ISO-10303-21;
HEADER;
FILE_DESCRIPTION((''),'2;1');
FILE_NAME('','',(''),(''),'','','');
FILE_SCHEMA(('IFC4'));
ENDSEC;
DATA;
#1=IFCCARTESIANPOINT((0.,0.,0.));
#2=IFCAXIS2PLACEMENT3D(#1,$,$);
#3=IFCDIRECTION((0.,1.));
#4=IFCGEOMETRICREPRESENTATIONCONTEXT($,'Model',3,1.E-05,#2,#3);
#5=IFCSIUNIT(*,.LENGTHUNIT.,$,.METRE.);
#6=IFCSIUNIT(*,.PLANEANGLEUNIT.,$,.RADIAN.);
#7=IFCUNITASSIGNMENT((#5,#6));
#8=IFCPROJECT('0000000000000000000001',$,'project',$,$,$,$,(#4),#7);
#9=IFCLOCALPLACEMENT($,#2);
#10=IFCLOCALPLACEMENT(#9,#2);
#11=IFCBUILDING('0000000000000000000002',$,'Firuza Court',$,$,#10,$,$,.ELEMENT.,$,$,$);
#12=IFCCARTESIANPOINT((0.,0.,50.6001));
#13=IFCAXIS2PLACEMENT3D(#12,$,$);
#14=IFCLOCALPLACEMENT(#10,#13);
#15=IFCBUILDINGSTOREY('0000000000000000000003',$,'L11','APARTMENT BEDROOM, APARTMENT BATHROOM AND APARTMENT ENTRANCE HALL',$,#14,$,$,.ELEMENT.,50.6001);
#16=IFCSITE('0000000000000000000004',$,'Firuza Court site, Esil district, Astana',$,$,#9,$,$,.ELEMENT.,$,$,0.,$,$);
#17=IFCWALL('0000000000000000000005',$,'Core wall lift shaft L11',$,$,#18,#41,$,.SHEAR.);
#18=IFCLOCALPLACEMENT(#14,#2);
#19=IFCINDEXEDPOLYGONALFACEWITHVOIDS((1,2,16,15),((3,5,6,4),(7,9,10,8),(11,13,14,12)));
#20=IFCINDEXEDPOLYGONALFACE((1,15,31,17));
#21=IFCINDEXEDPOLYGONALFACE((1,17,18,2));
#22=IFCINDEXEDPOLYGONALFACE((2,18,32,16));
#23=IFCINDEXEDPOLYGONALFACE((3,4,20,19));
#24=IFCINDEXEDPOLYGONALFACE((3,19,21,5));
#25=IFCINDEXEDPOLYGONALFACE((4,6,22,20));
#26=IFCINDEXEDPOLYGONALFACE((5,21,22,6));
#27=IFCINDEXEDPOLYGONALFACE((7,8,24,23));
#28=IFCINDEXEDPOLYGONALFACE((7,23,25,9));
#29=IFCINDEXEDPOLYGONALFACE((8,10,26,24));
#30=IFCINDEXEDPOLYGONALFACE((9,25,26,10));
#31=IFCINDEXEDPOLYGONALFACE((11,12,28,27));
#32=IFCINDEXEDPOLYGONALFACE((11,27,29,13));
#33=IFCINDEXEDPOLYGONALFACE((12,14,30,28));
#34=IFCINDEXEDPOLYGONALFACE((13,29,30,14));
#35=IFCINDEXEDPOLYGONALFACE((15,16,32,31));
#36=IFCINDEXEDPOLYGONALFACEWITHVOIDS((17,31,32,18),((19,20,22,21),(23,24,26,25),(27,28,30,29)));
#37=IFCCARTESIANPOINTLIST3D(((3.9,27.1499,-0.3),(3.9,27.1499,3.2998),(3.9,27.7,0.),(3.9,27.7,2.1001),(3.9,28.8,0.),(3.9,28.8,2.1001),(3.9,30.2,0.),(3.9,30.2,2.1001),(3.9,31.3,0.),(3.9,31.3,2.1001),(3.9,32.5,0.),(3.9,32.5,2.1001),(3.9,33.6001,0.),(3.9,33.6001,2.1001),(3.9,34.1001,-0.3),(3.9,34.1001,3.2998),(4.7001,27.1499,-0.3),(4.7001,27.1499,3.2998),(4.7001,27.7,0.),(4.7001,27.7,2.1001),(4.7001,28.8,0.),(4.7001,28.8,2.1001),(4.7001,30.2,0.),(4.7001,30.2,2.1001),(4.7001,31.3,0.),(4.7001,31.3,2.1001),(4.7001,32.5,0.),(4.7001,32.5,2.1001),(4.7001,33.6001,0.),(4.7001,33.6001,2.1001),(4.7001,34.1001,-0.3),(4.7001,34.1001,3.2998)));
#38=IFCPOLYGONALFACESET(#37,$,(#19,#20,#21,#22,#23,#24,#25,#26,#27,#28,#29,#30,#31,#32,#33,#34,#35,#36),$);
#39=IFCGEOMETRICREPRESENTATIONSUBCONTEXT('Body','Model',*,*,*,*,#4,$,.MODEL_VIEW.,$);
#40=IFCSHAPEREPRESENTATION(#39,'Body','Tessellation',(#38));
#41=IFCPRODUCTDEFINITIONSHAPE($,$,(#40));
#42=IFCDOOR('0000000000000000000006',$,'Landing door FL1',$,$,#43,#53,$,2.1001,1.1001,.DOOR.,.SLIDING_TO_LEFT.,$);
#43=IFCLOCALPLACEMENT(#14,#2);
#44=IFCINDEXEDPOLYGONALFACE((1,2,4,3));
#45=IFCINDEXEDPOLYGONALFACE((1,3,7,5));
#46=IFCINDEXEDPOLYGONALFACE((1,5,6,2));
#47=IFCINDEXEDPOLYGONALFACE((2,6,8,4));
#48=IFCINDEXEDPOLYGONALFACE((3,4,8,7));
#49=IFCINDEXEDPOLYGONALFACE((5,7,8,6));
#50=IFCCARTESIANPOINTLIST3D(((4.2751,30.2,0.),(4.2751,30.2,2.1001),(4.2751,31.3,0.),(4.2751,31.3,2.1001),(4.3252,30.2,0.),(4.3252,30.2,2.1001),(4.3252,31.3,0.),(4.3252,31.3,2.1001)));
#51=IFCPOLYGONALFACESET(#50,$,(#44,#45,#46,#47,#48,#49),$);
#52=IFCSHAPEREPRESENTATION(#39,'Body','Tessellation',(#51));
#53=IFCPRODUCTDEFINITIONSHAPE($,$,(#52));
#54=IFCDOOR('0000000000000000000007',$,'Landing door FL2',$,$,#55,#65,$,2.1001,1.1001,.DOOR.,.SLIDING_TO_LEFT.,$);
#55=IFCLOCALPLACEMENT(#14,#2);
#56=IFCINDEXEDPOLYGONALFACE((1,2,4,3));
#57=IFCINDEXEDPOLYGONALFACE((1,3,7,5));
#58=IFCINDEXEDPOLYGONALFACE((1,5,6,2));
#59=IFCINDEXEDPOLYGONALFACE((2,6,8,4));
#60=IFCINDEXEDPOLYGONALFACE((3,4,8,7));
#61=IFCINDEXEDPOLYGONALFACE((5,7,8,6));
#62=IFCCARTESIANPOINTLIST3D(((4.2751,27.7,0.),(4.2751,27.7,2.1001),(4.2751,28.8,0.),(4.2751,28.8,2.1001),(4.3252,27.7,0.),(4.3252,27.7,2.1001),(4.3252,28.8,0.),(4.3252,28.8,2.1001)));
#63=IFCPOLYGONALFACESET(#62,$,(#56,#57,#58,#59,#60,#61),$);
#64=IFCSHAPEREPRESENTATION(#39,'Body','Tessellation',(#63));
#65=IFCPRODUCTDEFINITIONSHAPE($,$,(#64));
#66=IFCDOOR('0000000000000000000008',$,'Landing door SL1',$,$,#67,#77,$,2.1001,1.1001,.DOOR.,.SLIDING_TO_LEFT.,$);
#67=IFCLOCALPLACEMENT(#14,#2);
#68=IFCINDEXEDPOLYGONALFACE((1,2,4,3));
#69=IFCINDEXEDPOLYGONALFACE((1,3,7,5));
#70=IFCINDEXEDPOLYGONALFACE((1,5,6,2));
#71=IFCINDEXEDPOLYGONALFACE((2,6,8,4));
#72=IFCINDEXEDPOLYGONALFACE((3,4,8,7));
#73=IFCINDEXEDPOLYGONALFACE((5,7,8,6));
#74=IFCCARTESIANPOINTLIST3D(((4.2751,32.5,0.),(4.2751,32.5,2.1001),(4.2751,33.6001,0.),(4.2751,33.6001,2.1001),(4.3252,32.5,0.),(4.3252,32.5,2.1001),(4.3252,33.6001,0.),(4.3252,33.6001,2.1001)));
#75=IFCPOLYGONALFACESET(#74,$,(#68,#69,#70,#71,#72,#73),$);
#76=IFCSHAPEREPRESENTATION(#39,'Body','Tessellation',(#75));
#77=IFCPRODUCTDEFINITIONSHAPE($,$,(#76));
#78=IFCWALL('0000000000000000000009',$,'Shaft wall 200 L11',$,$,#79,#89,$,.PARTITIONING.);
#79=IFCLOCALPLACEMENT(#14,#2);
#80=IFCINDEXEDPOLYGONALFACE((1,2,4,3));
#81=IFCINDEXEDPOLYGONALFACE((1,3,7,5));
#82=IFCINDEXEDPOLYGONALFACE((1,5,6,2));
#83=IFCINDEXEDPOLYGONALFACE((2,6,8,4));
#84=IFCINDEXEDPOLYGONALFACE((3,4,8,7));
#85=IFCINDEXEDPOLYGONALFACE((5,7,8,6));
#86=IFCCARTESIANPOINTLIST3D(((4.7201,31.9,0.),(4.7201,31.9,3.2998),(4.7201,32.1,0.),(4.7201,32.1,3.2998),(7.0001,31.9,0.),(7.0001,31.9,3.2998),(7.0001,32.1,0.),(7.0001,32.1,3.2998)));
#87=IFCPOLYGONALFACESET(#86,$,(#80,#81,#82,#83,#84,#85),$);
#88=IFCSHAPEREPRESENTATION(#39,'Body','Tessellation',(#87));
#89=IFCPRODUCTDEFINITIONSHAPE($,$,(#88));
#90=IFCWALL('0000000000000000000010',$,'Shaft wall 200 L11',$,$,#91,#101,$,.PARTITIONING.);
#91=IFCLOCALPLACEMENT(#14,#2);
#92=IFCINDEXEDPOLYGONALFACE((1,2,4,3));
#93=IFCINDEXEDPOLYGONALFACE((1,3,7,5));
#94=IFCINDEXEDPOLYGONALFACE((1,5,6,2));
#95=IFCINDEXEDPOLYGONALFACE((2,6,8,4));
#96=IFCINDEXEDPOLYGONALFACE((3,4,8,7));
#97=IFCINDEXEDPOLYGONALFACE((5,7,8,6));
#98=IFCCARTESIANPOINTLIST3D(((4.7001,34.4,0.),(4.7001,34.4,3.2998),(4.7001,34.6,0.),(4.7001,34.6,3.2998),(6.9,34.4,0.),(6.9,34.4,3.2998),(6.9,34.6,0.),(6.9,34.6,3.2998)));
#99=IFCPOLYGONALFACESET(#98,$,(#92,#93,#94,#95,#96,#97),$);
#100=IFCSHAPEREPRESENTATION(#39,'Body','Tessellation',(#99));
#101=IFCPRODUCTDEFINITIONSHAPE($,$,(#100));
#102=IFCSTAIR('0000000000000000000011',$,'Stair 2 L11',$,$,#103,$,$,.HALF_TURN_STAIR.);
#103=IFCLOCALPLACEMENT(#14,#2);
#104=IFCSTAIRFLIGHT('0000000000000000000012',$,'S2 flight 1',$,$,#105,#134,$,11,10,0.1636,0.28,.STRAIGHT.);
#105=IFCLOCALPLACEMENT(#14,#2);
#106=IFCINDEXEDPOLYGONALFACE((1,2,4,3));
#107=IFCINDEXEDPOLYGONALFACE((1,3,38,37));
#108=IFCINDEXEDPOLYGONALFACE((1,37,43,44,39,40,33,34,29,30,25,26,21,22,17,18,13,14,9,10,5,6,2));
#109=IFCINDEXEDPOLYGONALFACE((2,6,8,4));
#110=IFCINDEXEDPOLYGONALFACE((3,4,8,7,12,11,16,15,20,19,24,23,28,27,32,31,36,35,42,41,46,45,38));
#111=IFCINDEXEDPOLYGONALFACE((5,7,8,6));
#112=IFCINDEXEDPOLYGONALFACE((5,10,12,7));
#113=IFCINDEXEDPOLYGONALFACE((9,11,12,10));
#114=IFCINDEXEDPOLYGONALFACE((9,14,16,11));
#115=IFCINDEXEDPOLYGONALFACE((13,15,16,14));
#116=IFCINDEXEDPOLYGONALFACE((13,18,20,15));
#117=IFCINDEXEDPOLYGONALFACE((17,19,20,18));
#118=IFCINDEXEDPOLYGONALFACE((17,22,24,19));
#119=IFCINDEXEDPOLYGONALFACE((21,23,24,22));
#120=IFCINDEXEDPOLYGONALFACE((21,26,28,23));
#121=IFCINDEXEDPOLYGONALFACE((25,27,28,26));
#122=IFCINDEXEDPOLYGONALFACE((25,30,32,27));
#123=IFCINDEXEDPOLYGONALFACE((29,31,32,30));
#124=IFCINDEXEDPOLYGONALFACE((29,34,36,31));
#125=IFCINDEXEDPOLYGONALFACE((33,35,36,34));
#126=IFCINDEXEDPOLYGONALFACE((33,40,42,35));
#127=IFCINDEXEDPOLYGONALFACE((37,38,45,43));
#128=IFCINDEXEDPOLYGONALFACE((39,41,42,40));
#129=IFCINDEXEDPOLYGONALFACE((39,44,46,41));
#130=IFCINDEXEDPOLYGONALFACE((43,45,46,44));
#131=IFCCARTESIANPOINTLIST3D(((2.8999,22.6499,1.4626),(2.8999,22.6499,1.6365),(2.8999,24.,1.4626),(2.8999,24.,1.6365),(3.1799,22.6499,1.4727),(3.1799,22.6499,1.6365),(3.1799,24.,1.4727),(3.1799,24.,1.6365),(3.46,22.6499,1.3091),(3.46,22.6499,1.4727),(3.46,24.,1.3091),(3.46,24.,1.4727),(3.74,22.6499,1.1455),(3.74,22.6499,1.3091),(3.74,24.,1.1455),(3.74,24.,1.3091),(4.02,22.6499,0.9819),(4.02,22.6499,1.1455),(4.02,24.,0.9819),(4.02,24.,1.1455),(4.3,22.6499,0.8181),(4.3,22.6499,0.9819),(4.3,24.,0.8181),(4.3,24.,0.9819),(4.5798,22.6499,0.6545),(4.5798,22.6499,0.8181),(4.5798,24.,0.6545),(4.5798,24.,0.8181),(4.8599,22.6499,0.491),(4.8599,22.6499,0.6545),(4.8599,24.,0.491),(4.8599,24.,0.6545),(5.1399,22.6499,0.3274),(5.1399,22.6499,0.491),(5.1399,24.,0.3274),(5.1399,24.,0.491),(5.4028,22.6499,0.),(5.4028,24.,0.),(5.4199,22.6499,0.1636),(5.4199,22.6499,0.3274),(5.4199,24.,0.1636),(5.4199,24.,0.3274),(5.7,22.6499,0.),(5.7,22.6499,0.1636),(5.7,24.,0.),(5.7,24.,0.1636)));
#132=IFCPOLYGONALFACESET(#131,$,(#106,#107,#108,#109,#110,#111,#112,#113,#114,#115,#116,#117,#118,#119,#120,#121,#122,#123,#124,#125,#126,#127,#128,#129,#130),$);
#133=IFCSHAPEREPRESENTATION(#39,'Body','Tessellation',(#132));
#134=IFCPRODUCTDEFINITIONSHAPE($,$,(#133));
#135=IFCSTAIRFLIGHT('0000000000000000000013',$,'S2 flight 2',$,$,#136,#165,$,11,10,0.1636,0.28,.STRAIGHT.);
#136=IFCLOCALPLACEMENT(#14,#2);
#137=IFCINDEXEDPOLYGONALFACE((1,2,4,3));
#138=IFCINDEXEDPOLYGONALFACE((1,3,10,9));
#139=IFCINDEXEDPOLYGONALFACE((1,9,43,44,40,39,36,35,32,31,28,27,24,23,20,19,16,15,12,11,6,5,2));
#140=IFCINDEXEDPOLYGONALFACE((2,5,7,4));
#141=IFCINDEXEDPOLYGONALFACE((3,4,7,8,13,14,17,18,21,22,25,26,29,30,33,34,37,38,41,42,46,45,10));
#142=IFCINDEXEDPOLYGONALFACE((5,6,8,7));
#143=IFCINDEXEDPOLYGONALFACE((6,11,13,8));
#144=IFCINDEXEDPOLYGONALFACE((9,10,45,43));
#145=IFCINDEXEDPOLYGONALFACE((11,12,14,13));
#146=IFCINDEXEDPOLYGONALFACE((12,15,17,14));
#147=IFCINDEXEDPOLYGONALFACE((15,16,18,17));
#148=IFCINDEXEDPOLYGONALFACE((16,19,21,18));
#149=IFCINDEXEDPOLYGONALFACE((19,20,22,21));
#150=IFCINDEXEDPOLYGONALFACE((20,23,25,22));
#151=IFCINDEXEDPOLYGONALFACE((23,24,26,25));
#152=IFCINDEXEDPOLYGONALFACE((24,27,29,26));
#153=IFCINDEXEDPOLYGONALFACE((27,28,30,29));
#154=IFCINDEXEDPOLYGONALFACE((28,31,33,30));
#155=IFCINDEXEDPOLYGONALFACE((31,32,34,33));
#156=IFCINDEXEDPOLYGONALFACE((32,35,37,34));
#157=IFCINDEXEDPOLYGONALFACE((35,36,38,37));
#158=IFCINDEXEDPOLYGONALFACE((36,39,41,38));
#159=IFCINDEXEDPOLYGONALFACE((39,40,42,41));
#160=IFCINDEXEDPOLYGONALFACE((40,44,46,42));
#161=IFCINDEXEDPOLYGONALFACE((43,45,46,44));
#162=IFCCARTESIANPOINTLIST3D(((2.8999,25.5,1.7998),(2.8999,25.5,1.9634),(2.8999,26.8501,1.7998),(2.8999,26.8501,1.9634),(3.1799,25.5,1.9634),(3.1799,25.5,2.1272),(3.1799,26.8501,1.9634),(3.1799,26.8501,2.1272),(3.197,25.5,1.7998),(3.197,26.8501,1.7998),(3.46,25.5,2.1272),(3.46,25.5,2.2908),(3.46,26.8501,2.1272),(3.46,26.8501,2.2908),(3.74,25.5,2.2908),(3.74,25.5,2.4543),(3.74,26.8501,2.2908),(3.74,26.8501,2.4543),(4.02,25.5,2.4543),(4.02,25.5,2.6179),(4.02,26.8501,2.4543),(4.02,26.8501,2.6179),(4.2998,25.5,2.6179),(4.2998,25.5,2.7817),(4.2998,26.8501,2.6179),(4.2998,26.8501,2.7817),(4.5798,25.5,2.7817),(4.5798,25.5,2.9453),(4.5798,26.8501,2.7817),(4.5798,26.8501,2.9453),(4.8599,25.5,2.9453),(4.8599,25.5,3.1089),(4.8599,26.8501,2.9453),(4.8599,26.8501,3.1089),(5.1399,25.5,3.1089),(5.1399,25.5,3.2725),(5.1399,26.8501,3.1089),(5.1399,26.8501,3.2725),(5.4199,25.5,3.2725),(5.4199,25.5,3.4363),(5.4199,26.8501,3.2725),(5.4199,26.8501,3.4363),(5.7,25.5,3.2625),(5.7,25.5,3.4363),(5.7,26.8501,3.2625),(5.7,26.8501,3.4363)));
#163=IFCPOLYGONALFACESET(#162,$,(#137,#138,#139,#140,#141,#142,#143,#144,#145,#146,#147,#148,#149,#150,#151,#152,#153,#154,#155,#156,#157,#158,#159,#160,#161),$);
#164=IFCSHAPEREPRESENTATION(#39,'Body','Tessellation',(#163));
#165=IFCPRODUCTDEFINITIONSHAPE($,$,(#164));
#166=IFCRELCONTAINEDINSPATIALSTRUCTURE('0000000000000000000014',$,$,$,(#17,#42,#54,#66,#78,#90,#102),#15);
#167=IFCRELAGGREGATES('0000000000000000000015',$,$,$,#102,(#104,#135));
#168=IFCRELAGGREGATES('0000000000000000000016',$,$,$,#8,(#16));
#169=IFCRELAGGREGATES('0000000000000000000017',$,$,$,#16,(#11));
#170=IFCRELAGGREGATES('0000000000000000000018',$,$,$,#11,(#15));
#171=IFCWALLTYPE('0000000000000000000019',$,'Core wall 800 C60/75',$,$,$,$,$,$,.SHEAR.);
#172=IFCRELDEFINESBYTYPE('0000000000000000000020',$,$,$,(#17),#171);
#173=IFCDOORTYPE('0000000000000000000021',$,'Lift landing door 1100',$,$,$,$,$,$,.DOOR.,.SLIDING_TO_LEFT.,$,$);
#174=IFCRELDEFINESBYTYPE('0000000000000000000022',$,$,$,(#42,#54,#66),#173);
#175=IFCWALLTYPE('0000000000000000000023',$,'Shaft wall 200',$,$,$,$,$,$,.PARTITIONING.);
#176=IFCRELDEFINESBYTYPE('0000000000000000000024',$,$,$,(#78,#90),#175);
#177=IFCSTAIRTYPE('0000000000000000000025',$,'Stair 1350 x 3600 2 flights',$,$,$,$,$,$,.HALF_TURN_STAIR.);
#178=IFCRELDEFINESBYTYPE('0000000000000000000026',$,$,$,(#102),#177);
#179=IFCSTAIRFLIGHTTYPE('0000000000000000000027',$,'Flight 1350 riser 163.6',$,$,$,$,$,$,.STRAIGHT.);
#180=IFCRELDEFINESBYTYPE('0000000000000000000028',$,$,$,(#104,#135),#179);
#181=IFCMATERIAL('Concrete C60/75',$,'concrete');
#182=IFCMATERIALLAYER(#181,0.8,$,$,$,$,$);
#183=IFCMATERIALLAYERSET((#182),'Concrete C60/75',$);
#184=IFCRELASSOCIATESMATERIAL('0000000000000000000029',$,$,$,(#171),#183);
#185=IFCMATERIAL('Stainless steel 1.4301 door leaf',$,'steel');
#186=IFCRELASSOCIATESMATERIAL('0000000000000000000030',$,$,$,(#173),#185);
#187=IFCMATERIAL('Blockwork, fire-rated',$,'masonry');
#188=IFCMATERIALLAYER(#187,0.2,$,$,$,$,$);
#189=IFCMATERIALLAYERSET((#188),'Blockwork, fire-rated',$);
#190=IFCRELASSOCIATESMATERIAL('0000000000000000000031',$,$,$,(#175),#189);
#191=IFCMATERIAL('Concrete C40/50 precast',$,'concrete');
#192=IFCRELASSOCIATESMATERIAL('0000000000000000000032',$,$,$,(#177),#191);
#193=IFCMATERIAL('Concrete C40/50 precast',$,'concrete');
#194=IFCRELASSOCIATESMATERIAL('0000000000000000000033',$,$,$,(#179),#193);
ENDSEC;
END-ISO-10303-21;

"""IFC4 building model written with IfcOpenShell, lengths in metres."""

from ifc_helpers import new_model, si_unit, direction, frame, frame_2d, origin, place, context, subcontext, project, spatial, polyline, rectangle, outline, extrude, material, layer, layer_set, type_object, element, fill, aggregate, save


model = new_model("IFC4")

# Units and contexts
model_context = context("Model", 3, precision=1e-05, world=origin(), true_north=direction((0.0, 1.0)))
body_context = subcontext(model_context, "Body", "Model", "MODEL_VIEW")
ifc_project = project(units=[si_unit("LENGTHUNIT", "METRE"), si_unit("PLANEANGLEUNIT", "RADIAN")], contexts=[model_context])

# Site, building, storey
site_placement = place(None, origin())
site = spatial("IfcSite", under=ifc_project, at=site_placement, Name="Firuza Court site, Esil district, Astana", CompositionType="ELEMENT", RefElevation=0.0)
building_placement = place(site_placement, origin())
building = spatial("IfcBuilding", under=site, at=building_placement, Name="Firuza Court", CompositionType="ELEMENT")
storey_placement = place(building_placement, frame((0.0, 0.0, 50.6001)))
storey = spatial("IfcBuildingStorey", under=building, at=storey_placement, Name="L11", Description="APARTMENT BEDROOM, APARTMENT BATHROOM AND APARTMENT ENTRANCE HALL", CompositionType="ELEMENT", Elevation=50.6001)

# Shared definitions
ifc_material_1 = material(Name="Concrete C60/75", Category="concrete")

# Shared definitions
ifc_layer_1 = layer(ifc_material_1, 0.8)
ifc_layer_set_1 = layer_set([ifc_layer_1], Name="Concrete C60/75")
wall_type_1 = type_object("IfcWallType", Name="Core wall 800 C60/75", PredefinedType="SHEAR", material=ifc_layer_set_1)

# Wall, openings, doors
wall_1_placement = place(storey_placement, frame((4.3, 27.1499, -0.3), z_axis=(0.0, 0.0, 1.0), x_axis=(0.0, 1.0, 0.0)))
wall_1 = element("IfcWall", 1, at=wall_1_placement, inside=storey, type_object=wall_type_1, Name="Core wall lift shaft L11", PredefinedType="SHEAR", context=body_context, shape_type="SweptSolid", body=[
    extrude(rectangle(XDim=6.9502, YDim=0.8, at=frame_2d((3.4751, 0.0))), origin(), (0.0, 0.0, 1.0), 3.5999),
])
opening_1_placement = place(wall_1_placement, frame((3.05, 0.0, 0.3)))
opening_1 = element("IfcOpeningElement", 2, at=opening_1_placement, cuts=wall_1, PredefinedType="OPENING", context=body_context, shape_type="SweptSolid", body=[
    extrude(rectangle(XDim=1.1001, YDim=2.1001, at=frame_2d((0.55, 1.05))), frame((0.0, 0.4121, 0.0), z_axis=(0.0, -1.0, 0.0), x_axis=(1.0, 0.0, 0.0)), (0.0, 0.0, 1.0), 0.824),
])
opening_2_placement = place(wall_1_placement, frame((0.55, 0.0, 0.3)))
opening_2 = element("IfcOpeningElement", 3, at=opening_2_placement, cuts=wall_1, PredefinedType="OPENING", context=body_context, shape_type="SweptSolid", body=[
    extrude(rectangle(XDim=1.1001, YDim=2.1001, at=frame_2d((0.55, 1.05))), frame((0.0, 0.4121, 0.0), z_axis=(0.0, -1.0, 0.0), x_axis=(1.0, 0.0, 0.0)), (0.0, 0.0, 1.0), 0.824),
])
opening_3_placement = place(wall_1_placement, frame((5.3501, 0.0, 0.3)))
opening_3 = element("IfcOpeningElement", 4, at=opening_3_placement, cuts=wall_1, PredefinedType="OPENING", context=body_context, shape_type="SweptSolid", body=[
    extrude(rectangle(XDim=1.1001, YDim=2.1001, at=frame_2d((0.55, 1.05))), frame((0.0, 0.4121, 0.0), z_axis=(0.0, -1.0, 0.0), x_axis=(1.0, 0.0, 0.0)), (0.0, 0.0, 1.0), 0.824),
])
ifc_material_2 = material(Name="Stainless steel 1.4301 door leaf", Category="steel")
door_type_1 = type_object("IfcDoorType", Name="Lift landing door 1100", OperationType="SLIDING_TO_LEFT", PredefinedType="DOOR", material=ifc_material_2)
door_1_placement = place(opening_1_placement, origin())
door_1 = element("IfcDoor", 5, at=door_1_placement, inside=storey, type_object=door_type_1, Name="Landing door FL1", OperationType="SLIDING_TO_LEFT", OverallHeight=2.1001, OverallWidth=1.1001, PredefinedType="DOOR", context=body_context, shape_type="SweptSolid", body=[
    extrude(rectangle(XDim=1.1001, YDim=2.1001, at=frame_2d((0.55, 1.05))), frame((0.0, 0.0249, 0.0), z_axis=(0.0, -1.0, 0.0), x_axis=(1.0, 0.0, 0.0)), (0.0, 0.0, 1.0), 0.05),
])
fill(opening_1, door_1)
door_2_placement = place(opening_2_placement, origin())
door_2 = element("IfcDoor", 6, at=door_2_placement, inside=storey, type_object=door_type_1, Name="Landing door FL2", OperationType="SLIDING_TO_LEFT", OverallHeight=2.1001, OverallWidth=1.1001, PredefinedType="DOOR", context=body_context, shape_type="SweptSolid", body=[
    extrude(rectangle(XDim=1.1001, YDim=2.1001, at=frame_2d((0.55, 1.05))), frame((0.0, 0.0249, 0.0), z_axis=(0.0, -1.0, 0.0), x_axis=(1.0, 0.0, 0.0)), (0.0, 0.0, 1.0), 0.05),
])
fill(opening_2, door_2)
door_3_placement = place(opening_3_placement, origin())
door_3 = element("IfcDoor", 7, at=door_3_placement, inside=storey, type_object=door_type_1, Name="Landing door SL1", OperationType="SLIDING_TO_LEFT", OverallHeight=2.1001, OverallWidth=1.1001, PredefinedType="DOOR", context=body_context, shape_type="SweptSolid", body=[
    extrude(rectangle(XDim=1.1001, YDim=2.1001, at=frame_2d((0.55, 1.05))), frame((0.0, 0.0249, 0.0), z_axis=(0.0, -1.0, 0.0), x_axis=(1.0, 0.0, 0.0)), (0.0, 0.0, 1.0), 0.05),
])
fill(opening_3, door_3)

# Walls
ifc_material_3 = material(Name="Blockwork, fire-rated", Category="masonry")
ifc_layer_2 = layer(ifc_material_3, 0.2)
ifc_layer_set_2 = layer_set([ifc_layer_2], Name="Blockwork, fire-rated")
wall_type_2 = type_object("IfcWallType", Name="Shaft wall 200", PredefinedType="PARTITIONING", material=ifc_layer_set_2)
wall_2_placement = place(storey_placement, frame((4.72, 32.0, 0.0), z_axis=(0.0, 0.0, 1.0), x_axis=(1.0, 0.0, 0.0)))
element("IfcWall", 8, at=wall_2_placement, inside=storey, type_object=wall_type_2, Name="Shaft wall 200 L11", PredefinedType="PARTITIONING", context=body_context, shape_type="SweptSolid", body=[
    extrude(rectangle(XDim=2.28, YDim=0.2, at=frame_2d((1.1401, 0.0))), origin(), (0.0, 0.0, 1.0), 3.2998),
])
wall_3_placement = place(storey_placement, frame((4.7, 34.5, 0.0), z_axis=(0.0, 0.0, 1.0), x_axis=(1.0, 0.0, 0.0)))
element("IfcWall", 9, at=wall_3_placement, inside=storey, type_object=wall_type_2, Name="Shaft wall 200 L11", PredefinedType="PARTITIONING", context=body_context, shape_type="SweptSolid", body=[
    extrude(rectangle(XDim=2.2, YDim=0.2, at=frame_2d((1.1001, 0.0))), origin(), (0.0, 0.0, 1.0), 3.2998),
])

# Stair, stair flights
ifc_material_4 = material(Name="Concrete C40/50 precast", Category="concrete")
stair_type = type_object("IfcStairType", Name="Stair 1350 x 3600 2 flights", PredefinedType="HALF_TURN_STAIR", material=ifc_material_4)
stair_placement = place(storey_placement, origin())
stair = element("IfcStair", 10, at=stair_placement, inside=storey, type_object=stair_type, Name="Stair 2 L11", PredefinedType="HALF_TURN_STAIR")
ifc_material_5 = material(Name="Concrete C40/50 precast", Category="concrete")
stair_flight_type = type_object("IfcStairFlightType", Name="Flight 1350 riser 163.6", PredefinedType="STRAIGHT", material=ifc_material_5)
stair_flight_1_placement = place(storey_placement, frame((5.7, 23.325, 0.0), z_axis=(0.0, 0.0, 1.0), x_axis=(-1.0, 0.0, 0.0)))
stair_flight_1 = element("IfcStairFlight", 11, at=stair_flight_1_placement, type_object=stair_flight_type, Name="S2 flight 1", NumberOfRisers=11, NumberOfTreads=10, PredefinedType="STRAIGHT", RiserHeight=0.1636, TreadLength=0.28, context=body_context, shape_type="SweptSolid", body=[
    extrude(outline(polyline([(0.0, 0.0), (0.0, 0.1636), (0.28, 0.1636), (0.28, 0.3274), (0.5601, 0.3274), (0.5601, 0.491), (0.8401, 0.491), (0.8401, 0.6545), (1.1201, 0.6545), (1.1201, 0.8181), (1.3999, 0.8181), (1.3999, 0.9819), (1.6799, 0.9819), (1.6799, 1.1455), (1.96, 1.1455), (1.96, 1.3091), (2.24, 1.3091), (2.24, 1.4727), (2.52, 1.4727), (2.52, 1.6365), (2.8, 1.6365), (2.8, 1.8), (2.8, 1.4626), (0.2971, 0.0), (0.0, 0.0)])), frame((0.0, 0.675, 0.0), z_axis=(0.0, -1.0, 0.0), x_axis=(1.0, 0.0, 0.0)), (0.0, 0.0, 1.0), 1.3501),
])
stair_flight_2_placement = place(storey_placement, frame((2.8999, 26.175, 1.7998), z_axis=(0.0, 0.0, 1.0), x_axis=(1.0, 0.0, 0.0)))
stair_flight_2 = element("IfcStairFlight", 12, at=stair_flight_2_placement, type_object=stair_flight_type, Name="S2 flight 2", NumberOfRisers=11, NumberOfTreads=10, PredefinedType="STRAIGHT", RiserHeight=0.1636, TreadLength=0.28, context=body_context, shape_type="SweptSolid", body=[
    extrude(outline(polyline([(0.0, 0.0), (0.0, 0.1636), (0.28, 0.1636), (0.28, 0.3274), (0.5601, 0.3274), (0.5601, 0.491), (0.8401, 0.491), (0.8401, 0.6545), (1.1201, 0.6545), (1.1201, 0.8181), (1.3999, 0.8181), (1.3999, 0.9819), (1.6799, 0.9819), (1.6799, 1.1455), (1.96, 1.1455), (1.96, 1.3091), (2.24, 1.3091), (2.24, 1.4727), (2.52, 1.4727), (2.52, 1.6365), (2.8, 1.6365), (2.8, 1.8), (2.8, 1.4626), (0.2971, 0.0), (0.0, 0.0)])), frame((0.0, 0.675, 0.0), z_axis=(0.0, -1.0, 0.0), x_axis=(1.0, 0.0, 0.0)), (0.0, 0.0, 1.0), 1.3501),
])
aggregate(stair, [stair_flight_1, stair_flight_2])

save(model, "model.ifc")
